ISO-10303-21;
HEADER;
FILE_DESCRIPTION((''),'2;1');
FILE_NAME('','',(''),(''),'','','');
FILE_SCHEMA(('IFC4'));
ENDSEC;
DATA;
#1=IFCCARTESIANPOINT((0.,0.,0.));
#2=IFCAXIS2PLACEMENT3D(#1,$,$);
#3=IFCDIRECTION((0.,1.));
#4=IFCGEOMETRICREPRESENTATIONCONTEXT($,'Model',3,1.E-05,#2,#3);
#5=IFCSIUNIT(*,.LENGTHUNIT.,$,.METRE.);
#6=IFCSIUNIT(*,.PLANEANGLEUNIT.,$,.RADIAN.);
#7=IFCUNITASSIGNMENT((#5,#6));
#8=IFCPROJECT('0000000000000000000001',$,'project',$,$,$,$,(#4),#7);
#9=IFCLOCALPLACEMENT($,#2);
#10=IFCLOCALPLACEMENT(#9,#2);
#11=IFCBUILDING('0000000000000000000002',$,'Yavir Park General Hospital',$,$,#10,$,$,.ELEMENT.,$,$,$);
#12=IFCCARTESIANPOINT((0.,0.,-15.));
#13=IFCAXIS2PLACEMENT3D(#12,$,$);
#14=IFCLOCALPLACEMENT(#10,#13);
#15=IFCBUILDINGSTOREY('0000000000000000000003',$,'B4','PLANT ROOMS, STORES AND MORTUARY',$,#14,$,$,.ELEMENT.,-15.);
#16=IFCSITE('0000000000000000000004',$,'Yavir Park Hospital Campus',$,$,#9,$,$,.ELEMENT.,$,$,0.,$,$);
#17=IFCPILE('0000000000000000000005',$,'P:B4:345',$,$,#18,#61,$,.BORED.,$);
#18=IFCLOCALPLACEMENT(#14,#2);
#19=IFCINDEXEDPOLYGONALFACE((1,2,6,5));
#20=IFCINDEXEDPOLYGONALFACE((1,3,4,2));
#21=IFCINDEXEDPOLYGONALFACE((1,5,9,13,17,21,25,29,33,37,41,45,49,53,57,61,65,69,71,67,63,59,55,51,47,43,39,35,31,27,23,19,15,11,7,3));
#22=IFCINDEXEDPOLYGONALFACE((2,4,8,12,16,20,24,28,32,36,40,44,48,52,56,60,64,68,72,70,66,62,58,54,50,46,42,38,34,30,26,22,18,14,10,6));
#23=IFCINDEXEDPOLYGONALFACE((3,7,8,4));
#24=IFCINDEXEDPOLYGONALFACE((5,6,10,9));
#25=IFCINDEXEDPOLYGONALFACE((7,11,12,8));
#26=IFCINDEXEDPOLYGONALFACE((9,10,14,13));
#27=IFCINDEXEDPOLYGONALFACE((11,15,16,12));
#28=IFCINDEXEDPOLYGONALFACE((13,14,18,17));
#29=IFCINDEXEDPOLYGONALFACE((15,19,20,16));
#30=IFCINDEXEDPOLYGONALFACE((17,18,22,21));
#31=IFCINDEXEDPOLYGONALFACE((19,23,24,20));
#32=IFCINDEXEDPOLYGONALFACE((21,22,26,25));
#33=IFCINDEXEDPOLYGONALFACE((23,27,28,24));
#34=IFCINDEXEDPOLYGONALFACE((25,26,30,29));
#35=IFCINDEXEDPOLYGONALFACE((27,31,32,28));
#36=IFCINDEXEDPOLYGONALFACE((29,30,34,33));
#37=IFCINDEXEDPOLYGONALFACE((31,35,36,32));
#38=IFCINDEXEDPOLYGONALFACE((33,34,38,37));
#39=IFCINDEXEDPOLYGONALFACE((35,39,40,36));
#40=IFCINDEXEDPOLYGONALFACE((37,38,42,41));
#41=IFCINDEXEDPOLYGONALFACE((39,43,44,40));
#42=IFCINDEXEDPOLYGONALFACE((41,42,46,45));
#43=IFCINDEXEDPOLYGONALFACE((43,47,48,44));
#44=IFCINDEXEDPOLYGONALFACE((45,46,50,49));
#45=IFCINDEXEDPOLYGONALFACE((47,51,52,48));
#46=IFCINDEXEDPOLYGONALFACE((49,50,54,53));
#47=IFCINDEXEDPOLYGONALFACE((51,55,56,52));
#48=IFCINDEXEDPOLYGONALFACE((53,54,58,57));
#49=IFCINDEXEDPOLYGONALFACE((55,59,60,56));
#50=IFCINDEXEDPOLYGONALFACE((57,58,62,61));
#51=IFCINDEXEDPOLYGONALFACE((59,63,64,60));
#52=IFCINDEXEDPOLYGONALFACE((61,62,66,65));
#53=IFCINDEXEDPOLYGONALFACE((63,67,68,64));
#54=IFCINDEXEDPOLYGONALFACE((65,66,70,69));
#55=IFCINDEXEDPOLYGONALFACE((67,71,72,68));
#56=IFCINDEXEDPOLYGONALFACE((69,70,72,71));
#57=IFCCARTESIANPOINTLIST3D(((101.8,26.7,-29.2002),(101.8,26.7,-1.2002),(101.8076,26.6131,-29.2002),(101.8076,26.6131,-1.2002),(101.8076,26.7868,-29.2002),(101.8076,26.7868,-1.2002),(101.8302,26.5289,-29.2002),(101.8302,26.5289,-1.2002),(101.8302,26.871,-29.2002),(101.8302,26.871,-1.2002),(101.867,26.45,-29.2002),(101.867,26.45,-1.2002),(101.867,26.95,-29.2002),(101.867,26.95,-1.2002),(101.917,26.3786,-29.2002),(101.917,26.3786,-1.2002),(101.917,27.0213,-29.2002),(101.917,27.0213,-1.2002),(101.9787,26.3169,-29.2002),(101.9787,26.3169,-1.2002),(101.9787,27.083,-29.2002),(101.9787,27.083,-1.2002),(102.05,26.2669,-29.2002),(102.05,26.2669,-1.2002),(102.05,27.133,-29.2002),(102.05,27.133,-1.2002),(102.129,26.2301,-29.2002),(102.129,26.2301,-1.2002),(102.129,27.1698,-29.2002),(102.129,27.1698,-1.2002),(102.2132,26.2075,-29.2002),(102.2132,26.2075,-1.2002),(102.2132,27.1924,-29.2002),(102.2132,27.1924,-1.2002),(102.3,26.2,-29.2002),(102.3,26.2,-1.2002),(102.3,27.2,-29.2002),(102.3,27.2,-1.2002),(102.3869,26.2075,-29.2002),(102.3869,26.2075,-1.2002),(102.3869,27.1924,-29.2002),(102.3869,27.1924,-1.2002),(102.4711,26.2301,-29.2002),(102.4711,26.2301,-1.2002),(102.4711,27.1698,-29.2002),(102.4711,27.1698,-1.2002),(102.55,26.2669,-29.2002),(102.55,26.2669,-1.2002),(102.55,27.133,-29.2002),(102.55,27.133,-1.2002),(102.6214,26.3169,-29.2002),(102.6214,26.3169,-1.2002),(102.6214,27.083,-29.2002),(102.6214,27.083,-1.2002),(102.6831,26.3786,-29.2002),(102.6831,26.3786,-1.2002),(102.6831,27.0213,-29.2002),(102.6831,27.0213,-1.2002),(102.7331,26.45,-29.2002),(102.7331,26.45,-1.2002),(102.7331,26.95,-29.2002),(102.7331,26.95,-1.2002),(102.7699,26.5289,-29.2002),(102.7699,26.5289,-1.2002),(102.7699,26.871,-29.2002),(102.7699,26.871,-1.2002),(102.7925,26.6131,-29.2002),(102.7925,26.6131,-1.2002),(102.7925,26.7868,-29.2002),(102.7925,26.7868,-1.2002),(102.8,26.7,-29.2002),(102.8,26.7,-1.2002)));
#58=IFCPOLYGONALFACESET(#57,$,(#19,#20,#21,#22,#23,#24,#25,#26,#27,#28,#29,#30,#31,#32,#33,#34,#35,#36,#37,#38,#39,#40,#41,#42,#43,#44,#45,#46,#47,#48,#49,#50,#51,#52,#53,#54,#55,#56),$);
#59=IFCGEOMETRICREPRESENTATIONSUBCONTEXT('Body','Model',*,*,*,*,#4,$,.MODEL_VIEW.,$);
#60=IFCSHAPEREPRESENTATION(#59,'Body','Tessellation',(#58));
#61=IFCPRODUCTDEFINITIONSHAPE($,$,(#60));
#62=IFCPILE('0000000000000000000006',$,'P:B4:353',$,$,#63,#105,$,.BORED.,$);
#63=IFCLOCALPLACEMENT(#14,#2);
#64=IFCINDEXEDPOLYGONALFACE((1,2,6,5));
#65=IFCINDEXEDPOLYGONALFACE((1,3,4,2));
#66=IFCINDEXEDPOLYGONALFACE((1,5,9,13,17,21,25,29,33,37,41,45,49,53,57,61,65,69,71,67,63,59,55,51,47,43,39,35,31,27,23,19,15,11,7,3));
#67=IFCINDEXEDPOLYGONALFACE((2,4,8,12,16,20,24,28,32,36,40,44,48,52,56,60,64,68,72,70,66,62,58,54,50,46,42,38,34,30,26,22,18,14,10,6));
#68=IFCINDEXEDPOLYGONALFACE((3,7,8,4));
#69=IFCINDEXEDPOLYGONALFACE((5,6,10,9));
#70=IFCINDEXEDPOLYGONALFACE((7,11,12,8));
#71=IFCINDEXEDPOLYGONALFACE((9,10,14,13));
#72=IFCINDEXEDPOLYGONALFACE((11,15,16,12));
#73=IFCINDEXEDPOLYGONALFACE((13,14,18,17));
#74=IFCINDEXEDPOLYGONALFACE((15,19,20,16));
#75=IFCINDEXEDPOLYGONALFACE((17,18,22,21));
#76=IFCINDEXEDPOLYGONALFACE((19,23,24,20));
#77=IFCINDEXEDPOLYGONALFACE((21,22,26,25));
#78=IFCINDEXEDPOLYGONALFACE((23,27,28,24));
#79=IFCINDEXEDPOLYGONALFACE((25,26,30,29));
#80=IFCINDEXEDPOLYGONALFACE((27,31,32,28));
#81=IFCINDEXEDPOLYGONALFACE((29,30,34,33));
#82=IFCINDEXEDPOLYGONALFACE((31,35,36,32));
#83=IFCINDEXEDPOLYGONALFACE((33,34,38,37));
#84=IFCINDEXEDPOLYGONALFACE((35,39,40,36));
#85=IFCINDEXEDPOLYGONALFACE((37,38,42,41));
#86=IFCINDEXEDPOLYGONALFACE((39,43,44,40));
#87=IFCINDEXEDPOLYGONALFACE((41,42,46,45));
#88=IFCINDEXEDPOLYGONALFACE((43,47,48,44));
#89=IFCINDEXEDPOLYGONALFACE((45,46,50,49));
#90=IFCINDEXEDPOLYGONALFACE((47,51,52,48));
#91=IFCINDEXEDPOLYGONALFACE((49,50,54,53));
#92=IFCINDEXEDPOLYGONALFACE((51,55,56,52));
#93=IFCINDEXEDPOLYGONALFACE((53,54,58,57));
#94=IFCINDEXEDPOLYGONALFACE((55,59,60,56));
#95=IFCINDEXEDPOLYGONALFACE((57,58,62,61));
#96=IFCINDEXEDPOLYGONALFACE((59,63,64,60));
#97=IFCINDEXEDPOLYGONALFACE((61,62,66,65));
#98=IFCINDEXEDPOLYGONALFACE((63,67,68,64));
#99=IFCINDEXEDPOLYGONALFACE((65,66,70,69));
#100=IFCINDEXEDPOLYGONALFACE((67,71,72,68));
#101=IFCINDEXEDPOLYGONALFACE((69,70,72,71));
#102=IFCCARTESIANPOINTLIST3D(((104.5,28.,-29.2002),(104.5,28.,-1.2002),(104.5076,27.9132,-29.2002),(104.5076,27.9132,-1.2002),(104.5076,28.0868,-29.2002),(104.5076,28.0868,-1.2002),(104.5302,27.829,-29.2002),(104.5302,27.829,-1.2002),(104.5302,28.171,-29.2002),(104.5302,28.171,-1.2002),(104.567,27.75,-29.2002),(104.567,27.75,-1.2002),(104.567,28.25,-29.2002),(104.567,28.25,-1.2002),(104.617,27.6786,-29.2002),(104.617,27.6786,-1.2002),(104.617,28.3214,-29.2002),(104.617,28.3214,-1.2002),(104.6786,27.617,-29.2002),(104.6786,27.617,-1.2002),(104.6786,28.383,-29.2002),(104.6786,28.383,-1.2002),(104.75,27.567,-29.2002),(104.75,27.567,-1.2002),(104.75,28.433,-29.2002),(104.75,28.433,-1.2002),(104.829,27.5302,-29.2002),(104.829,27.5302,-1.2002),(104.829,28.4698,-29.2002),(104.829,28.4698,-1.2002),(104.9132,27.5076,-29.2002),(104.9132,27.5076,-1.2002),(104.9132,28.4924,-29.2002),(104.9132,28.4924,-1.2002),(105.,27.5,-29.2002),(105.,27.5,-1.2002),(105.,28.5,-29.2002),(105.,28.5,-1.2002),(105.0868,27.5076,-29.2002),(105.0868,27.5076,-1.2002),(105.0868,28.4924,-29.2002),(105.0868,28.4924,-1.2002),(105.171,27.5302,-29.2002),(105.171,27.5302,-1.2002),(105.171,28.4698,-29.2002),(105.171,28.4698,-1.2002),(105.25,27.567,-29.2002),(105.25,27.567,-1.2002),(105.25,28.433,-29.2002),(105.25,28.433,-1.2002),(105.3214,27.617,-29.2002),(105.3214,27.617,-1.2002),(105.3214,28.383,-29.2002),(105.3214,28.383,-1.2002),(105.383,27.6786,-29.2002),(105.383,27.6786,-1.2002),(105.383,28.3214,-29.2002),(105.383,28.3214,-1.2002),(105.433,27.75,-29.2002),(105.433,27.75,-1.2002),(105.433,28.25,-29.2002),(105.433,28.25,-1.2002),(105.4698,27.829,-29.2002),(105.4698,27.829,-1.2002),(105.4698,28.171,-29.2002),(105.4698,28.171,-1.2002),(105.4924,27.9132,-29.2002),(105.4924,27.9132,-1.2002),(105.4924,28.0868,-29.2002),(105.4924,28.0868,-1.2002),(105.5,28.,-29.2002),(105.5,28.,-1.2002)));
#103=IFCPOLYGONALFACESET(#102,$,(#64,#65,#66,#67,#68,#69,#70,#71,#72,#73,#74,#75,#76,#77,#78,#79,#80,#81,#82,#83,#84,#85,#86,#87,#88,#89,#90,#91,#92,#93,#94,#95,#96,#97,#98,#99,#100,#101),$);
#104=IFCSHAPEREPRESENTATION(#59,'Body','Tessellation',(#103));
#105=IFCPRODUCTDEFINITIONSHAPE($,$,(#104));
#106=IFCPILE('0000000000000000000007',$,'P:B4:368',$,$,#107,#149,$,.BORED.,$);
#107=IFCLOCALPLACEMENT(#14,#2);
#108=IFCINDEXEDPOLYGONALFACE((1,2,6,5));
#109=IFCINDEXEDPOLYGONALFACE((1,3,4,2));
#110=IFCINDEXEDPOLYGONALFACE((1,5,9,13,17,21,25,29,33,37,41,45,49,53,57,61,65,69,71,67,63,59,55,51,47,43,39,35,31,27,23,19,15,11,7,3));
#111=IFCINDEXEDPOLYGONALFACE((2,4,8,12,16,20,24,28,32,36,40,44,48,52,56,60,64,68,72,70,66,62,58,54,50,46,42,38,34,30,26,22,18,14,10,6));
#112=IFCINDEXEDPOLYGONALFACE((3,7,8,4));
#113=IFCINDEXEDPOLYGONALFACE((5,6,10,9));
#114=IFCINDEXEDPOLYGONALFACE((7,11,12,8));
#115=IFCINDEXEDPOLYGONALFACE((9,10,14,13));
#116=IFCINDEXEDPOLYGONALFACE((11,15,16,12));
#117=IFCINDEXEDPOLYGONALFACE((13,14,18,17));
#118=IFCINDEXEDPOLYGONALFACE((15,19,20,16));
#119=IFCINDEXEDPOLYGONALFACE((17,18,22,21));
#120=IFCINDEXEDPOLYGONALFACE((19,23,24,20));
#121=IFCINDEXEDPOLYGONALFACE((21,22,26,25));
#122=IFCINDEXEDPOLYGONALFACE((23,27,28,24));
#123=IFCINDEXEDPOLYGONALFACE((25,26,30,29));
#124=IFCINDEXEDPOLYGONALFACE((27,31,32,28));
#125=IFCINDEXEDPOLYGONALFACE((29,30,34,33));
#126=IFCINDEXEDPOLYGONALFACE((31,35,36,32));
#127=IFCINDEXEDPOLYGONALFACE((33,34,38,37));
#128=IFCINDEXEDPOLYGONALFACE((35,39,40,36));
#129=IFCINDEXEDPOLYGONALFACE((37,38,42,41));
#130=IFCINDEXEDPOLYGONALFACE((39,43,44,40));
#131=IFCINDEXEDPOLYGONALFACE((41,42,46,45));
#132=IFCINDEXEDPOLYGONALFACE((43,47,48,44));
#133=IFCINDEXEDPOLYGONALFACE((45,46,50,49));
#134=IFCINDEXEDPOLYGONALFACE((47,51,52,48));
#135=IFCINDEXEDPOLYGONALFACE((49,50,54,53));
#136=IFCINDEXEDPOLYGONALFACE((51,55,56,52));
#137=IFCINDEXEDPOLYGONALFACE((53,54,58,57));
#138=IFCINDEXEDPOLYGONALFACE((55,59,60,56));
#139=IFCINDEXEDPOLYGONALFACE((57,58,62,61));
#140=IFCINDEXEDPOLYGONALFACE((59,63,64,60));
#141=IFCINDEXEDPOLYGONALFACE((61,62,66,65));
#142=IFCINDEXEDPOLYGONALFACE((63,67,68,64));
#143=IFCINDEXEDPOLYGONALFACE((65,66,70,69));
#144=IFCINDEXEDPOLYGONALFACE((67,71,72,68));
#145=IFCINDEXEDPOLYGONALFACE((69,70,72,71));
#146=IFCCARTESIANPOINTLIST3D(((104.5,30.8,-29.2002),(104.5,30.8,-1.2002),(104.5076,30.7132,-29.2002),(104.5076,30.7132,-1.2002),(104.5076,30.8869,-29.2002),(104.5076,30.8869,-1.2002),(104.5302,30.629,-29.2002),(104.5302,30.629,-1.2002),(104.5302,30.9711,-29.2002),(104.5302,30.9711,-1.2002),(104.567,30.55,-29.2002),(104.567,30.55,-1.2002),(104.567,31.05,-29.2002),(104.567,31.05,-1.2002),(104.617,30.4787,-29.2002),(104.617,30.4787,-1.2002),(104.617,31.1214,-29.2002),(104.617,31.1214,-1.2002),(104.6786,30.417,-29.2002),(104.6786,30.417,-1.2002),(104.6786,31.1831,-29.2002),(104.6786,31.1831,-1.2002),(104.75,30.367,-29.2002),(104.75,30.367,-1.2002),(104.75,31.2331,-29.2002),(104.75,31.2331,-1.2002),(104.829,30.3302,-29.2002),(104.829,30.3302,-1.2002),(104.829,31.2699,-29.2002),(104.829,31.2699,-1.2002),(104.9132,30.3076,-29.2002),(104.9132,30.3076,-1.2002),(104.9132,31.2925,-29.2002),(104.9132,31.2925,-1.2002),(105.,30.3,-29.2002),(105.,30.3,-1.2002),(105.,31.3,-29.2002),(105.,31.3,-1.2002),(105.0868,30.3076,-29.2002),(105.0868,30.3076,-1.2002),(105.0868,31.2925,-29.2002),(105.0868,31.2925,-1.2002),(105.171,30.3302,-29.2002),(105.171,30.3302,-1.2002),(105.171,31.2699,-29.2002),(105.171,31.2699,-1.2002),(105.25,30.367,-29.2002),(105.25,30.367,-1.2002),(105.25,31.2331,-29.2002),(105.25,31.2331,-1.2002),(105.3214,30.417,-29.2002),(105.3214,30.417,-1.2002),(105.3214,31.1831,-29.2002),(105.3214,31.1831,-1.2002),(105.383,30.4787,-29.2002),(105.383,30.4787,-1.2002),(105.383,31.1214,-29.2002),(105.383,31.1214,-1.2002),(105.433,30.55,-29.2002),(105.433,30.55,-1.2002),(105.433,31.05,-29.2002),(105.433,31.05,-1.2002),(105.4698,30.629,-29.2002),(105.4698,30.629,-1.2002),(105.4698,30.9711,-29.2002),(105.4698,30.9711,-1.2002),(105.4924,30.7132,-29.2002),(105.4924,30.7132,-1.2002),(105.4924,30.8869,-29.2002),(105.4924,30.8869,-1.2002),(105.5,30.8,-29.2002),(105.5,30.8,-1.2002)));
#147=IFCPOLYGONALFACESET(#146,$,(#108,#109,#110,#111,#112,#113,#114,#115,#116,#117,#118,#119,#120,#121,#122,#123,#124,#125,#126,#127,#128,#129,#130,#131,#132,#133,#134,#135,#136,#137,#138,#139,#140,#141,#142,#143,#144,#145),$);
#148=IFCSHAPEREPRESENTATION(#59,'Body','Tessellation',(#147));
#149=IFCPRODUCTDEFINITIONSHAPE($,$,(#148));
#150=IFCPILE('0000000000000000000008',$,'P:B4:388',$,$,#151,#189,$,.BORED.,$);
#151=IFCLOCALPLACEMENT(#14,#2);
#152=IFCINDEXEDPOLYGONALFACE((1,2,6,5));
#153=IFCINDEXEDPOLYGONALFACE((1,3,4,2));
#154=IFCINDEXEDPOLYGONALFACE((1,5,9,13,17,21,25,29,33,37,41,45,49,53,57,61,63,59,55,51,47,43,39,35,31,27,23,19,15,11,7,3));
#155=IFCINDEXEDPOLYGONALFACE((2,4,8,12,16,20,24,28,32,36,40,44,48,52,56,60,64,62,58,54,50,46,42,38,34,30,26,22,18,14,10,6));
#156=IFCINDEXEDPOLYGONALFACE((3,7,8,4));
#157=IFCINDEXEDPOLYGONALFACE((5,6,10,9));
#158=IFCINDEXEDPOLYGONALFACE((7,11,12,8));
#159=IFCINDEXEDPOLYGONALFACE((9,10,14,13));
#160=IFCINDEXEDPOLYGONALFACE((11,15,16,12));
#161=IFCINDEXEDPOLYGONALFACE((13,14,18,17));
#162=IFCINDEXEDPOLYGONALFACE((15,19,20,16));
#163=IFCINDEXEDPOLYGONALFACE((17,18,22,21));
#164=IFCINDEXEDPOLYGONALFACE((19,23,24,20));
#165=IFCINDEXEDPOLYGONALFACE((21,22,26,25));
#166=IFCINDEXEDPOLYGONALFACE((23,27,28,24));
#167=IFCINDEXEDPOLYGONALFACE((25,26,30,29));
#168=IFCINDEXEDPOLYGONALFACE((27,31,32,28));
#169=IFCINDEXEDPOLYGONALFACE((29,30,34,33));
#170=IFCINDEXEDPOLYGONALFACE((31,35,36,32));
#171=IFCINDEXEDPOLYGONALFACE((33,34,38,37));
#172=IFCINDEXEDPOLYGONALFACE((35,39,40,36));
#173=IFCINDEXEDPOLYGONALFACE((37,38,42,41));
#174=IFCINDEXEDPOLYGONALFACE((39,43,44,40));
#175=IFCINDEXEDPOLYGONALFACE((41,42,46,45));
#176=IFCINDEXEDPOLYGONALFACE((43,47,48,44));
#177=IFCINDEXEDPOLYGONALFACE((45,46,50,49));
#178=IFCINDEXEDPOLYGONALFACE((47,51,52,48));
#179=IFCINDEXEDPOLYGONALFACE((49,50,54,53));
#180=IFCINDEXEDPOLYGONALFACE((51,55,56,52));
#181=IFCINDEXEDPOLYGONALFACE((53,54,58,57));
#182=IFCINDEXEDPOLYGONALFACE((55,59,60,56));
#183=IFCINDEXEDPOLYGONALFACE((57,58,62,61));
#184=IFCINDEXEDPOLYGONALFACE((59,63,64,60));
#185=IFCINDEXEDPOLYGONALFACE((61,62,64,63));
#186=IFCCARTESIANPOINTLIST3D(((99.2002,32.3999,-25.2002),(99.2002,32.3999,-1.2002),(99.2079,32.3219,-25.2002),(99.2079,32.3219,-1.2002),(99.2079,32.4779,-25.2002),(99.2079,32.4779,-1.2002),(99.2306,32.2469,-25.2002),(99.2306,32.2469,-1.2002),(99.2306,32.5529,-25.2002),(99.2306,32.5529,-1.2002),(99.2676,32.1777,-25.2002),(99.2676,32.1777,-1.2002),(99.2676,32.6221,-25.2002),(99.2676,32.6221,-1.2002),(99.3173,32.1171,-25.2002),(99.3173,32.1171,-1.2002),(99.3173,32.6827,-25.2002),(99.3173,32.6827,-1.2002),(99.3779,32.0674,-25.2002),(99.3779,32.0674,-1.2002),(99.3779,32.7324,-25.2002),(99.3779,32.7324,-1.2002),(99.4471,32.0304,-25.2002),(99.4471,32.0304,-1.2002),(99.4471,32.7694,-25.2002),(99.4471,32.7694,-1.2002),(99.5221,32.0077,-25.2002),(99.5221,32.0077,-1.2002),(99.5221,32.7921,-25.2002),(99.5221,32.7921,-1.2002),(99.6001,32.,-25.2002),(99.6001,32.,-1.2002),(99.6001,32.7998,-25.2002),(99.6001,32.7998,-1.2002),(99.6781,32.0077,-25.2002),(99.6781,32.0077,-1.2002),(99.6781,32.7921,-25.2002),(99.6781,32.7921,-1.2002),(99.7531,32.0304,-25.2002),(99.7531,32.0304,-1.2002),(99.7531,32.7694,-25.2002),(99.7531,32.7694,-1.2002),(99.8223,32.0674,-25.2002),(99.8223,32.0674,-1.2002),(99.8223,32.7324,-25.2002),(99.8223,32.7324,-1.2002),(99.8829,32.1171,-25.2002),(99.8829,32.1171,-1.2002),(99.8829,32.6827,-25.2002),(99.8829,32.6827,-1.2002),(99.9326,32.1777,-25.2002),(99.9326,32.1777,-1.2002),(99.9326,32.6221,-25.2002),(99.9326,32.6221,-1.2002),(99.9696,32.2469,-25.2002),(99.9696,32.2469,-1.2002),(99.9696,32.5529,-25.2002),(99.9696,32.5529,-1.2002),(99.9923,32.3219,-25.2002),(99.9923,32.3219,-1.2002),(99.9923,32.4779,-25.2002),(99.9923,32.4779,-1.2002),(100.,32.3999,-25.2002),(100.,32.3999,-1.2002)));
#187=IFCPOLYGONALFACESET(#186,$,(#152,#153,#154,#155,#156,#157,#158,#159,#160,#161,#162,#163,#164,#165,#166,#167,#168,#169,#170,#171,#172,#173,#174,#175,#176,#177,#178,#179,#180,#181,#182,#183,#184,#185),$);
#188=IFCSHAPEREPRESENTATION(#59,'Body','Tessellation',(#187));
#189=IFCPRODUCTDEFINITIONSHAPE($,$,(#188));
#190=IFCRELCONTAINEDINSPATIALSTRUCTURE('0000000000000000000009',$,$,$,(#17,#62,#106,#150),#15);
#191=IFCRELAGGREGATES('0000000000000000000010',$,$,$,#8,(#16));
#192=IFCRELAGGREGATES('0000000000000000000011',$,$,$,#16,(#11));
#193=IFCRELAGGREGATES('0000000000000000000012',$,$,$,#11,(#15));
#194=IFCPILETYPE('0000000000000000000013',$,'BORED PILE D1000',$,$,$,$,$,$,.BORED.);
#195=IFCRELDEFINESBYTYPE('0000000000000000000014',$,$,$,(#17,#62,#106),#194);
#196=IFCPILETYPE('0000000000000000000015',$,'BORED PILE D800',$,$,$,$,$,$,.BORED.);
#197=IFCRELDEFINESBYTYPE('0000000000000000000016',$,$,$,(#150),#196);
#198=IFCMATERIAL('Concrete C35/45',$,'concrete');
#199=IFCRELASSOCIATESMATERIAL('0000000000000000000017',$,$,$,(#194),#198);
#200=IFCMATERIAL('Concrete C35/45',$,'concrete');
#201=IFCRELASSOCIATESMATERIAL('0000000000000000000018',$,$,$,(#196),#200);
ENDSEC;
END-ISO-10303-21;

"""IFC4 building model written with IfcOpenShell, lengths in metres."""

from ifc_helpers import new_model, si_unit, direction, frame, origin, origin_2d, place, context, subcontext, project, spatial, circle, extrude, material, material_profile, profile_set, type_object, element, save


model = new_model("IFC4")

# Units and contexts
model_context = context("Model", 3, precision=1e-05, world=origin(), true_north=direction((0.0, 1.0)))
body_context = subcontext(model_context, "Body", "Model", "MODEL_VIEW")
ifc_project = project(units=[si_unit("LENGTHUNIT", "METRE"), si_unit("PLANEANGLEUNIT", "RADIAN")], contexts=[model_context])

# Site, building, storey
site_placement = place(None, origin())
site = spatial("IfcSite", under=ifc_project, at=site_placement, Name="Yavir Park Hospital Campus", CompositionType="ELEMENT", RefElevation=0.0)
building_placement = place(site_placement, origin())
building = spatial("IfcBuilding", under=site, at=building_placement, Name="Yavir Park General Hospital", CompositionType="ELEMENT")
storey_placement = place(building_placement, frame((0.0, 0.0, -15.0)))
storey = spatial("IfcBuildingStorey", under=building, at=storey_placement, Name="B4", Description="PLANT ROOMS, STORES AND MORTUARY", CompositionType="ELEMENT", Elevation=-15.0)

# Piles
ifc_material_1 = material(Name="Concrete C35/45", Category="concrete")
ifc_material_profile_1 = material_profile(ifc_material_1, circle(Radius=0.5, at=origin_2d()), Name="D1000")
ifc_profile_set_1 = profile_set([ifc_material_profile_1], Name="Concrete C35/45")
pile_type_1 = type_object("IfcPileType", Name="BORED PILE D1000", PredefinedType="BORED", material=ifc_profile_set_1)
for number, where, z_axis, x_axis, name in (
    (1, (102.3, 26.7, -1.2002), (0.0, 0.0, -1.0), (1.0, 0.0, 0.0), "P:B4:345"),
    (2, (105.0, 28.0, -1.2002), (0.0, 0.0, -1.0), (1.0, 0.0, 0.0), "P:B4:353"),
    (3, (105.0, 30.8, -1.2002), (0.0, 0.0, -1.0), (1.0, 0.0, 0.0), "P:B4:368"),
):
    element("IfcPile", number, at=place(storey_placement, frame(where, z_axis=z_axis, x_axis=x_axis)), inside=storey, type_object=pile_type_1, Name=name, PredefinedType="BORED", context=body_context, shape_type="SweptSolid", body=[
        extrude(circle(Radius=0.5, at=origin_2d()), origin(), (0.0, 0.0, 1.0), 28.0),
    ])
ifc_material_2 = material(Name="Concrete C35/45", Category="concrete")
ifc_material_profile_2 = material_profile(ifc_material_2, circle(Radius=0.3999, at=origin_2d()), Name="D800")
ifc_profile_set_2 = profile_set([ifc_material_profile_2], Name="Concrete C35/45")
pile_type_2 = type_object("IfcPileType", Name="BORED PILE D800", PredefinedType="BORED", material=ifc_profile_set_2)
for number, where, z_axis, x_axis, name in (
    (4, (99.6001, 32.3999, -1.2002), (0.0, 0.0, -1.0), (1.0, 0.0, 0.0), "P:B4:388"),
):
    element("IfcPile", number, at=place(storey_placement, frame(where, z_axis=z_axis, x_axis=x_axis)), inside=storey, type_object=pile_type_2, Name=name, PredefinedType="BORED", context=body_context, shape_type="SweptSolid", body=[
        extrude(circle(Radius=0.3999, at=origin_2d()), origin(), (0.0, 0.0, 1.0), 24.0),
    ])

save(model, "model.ifc")
